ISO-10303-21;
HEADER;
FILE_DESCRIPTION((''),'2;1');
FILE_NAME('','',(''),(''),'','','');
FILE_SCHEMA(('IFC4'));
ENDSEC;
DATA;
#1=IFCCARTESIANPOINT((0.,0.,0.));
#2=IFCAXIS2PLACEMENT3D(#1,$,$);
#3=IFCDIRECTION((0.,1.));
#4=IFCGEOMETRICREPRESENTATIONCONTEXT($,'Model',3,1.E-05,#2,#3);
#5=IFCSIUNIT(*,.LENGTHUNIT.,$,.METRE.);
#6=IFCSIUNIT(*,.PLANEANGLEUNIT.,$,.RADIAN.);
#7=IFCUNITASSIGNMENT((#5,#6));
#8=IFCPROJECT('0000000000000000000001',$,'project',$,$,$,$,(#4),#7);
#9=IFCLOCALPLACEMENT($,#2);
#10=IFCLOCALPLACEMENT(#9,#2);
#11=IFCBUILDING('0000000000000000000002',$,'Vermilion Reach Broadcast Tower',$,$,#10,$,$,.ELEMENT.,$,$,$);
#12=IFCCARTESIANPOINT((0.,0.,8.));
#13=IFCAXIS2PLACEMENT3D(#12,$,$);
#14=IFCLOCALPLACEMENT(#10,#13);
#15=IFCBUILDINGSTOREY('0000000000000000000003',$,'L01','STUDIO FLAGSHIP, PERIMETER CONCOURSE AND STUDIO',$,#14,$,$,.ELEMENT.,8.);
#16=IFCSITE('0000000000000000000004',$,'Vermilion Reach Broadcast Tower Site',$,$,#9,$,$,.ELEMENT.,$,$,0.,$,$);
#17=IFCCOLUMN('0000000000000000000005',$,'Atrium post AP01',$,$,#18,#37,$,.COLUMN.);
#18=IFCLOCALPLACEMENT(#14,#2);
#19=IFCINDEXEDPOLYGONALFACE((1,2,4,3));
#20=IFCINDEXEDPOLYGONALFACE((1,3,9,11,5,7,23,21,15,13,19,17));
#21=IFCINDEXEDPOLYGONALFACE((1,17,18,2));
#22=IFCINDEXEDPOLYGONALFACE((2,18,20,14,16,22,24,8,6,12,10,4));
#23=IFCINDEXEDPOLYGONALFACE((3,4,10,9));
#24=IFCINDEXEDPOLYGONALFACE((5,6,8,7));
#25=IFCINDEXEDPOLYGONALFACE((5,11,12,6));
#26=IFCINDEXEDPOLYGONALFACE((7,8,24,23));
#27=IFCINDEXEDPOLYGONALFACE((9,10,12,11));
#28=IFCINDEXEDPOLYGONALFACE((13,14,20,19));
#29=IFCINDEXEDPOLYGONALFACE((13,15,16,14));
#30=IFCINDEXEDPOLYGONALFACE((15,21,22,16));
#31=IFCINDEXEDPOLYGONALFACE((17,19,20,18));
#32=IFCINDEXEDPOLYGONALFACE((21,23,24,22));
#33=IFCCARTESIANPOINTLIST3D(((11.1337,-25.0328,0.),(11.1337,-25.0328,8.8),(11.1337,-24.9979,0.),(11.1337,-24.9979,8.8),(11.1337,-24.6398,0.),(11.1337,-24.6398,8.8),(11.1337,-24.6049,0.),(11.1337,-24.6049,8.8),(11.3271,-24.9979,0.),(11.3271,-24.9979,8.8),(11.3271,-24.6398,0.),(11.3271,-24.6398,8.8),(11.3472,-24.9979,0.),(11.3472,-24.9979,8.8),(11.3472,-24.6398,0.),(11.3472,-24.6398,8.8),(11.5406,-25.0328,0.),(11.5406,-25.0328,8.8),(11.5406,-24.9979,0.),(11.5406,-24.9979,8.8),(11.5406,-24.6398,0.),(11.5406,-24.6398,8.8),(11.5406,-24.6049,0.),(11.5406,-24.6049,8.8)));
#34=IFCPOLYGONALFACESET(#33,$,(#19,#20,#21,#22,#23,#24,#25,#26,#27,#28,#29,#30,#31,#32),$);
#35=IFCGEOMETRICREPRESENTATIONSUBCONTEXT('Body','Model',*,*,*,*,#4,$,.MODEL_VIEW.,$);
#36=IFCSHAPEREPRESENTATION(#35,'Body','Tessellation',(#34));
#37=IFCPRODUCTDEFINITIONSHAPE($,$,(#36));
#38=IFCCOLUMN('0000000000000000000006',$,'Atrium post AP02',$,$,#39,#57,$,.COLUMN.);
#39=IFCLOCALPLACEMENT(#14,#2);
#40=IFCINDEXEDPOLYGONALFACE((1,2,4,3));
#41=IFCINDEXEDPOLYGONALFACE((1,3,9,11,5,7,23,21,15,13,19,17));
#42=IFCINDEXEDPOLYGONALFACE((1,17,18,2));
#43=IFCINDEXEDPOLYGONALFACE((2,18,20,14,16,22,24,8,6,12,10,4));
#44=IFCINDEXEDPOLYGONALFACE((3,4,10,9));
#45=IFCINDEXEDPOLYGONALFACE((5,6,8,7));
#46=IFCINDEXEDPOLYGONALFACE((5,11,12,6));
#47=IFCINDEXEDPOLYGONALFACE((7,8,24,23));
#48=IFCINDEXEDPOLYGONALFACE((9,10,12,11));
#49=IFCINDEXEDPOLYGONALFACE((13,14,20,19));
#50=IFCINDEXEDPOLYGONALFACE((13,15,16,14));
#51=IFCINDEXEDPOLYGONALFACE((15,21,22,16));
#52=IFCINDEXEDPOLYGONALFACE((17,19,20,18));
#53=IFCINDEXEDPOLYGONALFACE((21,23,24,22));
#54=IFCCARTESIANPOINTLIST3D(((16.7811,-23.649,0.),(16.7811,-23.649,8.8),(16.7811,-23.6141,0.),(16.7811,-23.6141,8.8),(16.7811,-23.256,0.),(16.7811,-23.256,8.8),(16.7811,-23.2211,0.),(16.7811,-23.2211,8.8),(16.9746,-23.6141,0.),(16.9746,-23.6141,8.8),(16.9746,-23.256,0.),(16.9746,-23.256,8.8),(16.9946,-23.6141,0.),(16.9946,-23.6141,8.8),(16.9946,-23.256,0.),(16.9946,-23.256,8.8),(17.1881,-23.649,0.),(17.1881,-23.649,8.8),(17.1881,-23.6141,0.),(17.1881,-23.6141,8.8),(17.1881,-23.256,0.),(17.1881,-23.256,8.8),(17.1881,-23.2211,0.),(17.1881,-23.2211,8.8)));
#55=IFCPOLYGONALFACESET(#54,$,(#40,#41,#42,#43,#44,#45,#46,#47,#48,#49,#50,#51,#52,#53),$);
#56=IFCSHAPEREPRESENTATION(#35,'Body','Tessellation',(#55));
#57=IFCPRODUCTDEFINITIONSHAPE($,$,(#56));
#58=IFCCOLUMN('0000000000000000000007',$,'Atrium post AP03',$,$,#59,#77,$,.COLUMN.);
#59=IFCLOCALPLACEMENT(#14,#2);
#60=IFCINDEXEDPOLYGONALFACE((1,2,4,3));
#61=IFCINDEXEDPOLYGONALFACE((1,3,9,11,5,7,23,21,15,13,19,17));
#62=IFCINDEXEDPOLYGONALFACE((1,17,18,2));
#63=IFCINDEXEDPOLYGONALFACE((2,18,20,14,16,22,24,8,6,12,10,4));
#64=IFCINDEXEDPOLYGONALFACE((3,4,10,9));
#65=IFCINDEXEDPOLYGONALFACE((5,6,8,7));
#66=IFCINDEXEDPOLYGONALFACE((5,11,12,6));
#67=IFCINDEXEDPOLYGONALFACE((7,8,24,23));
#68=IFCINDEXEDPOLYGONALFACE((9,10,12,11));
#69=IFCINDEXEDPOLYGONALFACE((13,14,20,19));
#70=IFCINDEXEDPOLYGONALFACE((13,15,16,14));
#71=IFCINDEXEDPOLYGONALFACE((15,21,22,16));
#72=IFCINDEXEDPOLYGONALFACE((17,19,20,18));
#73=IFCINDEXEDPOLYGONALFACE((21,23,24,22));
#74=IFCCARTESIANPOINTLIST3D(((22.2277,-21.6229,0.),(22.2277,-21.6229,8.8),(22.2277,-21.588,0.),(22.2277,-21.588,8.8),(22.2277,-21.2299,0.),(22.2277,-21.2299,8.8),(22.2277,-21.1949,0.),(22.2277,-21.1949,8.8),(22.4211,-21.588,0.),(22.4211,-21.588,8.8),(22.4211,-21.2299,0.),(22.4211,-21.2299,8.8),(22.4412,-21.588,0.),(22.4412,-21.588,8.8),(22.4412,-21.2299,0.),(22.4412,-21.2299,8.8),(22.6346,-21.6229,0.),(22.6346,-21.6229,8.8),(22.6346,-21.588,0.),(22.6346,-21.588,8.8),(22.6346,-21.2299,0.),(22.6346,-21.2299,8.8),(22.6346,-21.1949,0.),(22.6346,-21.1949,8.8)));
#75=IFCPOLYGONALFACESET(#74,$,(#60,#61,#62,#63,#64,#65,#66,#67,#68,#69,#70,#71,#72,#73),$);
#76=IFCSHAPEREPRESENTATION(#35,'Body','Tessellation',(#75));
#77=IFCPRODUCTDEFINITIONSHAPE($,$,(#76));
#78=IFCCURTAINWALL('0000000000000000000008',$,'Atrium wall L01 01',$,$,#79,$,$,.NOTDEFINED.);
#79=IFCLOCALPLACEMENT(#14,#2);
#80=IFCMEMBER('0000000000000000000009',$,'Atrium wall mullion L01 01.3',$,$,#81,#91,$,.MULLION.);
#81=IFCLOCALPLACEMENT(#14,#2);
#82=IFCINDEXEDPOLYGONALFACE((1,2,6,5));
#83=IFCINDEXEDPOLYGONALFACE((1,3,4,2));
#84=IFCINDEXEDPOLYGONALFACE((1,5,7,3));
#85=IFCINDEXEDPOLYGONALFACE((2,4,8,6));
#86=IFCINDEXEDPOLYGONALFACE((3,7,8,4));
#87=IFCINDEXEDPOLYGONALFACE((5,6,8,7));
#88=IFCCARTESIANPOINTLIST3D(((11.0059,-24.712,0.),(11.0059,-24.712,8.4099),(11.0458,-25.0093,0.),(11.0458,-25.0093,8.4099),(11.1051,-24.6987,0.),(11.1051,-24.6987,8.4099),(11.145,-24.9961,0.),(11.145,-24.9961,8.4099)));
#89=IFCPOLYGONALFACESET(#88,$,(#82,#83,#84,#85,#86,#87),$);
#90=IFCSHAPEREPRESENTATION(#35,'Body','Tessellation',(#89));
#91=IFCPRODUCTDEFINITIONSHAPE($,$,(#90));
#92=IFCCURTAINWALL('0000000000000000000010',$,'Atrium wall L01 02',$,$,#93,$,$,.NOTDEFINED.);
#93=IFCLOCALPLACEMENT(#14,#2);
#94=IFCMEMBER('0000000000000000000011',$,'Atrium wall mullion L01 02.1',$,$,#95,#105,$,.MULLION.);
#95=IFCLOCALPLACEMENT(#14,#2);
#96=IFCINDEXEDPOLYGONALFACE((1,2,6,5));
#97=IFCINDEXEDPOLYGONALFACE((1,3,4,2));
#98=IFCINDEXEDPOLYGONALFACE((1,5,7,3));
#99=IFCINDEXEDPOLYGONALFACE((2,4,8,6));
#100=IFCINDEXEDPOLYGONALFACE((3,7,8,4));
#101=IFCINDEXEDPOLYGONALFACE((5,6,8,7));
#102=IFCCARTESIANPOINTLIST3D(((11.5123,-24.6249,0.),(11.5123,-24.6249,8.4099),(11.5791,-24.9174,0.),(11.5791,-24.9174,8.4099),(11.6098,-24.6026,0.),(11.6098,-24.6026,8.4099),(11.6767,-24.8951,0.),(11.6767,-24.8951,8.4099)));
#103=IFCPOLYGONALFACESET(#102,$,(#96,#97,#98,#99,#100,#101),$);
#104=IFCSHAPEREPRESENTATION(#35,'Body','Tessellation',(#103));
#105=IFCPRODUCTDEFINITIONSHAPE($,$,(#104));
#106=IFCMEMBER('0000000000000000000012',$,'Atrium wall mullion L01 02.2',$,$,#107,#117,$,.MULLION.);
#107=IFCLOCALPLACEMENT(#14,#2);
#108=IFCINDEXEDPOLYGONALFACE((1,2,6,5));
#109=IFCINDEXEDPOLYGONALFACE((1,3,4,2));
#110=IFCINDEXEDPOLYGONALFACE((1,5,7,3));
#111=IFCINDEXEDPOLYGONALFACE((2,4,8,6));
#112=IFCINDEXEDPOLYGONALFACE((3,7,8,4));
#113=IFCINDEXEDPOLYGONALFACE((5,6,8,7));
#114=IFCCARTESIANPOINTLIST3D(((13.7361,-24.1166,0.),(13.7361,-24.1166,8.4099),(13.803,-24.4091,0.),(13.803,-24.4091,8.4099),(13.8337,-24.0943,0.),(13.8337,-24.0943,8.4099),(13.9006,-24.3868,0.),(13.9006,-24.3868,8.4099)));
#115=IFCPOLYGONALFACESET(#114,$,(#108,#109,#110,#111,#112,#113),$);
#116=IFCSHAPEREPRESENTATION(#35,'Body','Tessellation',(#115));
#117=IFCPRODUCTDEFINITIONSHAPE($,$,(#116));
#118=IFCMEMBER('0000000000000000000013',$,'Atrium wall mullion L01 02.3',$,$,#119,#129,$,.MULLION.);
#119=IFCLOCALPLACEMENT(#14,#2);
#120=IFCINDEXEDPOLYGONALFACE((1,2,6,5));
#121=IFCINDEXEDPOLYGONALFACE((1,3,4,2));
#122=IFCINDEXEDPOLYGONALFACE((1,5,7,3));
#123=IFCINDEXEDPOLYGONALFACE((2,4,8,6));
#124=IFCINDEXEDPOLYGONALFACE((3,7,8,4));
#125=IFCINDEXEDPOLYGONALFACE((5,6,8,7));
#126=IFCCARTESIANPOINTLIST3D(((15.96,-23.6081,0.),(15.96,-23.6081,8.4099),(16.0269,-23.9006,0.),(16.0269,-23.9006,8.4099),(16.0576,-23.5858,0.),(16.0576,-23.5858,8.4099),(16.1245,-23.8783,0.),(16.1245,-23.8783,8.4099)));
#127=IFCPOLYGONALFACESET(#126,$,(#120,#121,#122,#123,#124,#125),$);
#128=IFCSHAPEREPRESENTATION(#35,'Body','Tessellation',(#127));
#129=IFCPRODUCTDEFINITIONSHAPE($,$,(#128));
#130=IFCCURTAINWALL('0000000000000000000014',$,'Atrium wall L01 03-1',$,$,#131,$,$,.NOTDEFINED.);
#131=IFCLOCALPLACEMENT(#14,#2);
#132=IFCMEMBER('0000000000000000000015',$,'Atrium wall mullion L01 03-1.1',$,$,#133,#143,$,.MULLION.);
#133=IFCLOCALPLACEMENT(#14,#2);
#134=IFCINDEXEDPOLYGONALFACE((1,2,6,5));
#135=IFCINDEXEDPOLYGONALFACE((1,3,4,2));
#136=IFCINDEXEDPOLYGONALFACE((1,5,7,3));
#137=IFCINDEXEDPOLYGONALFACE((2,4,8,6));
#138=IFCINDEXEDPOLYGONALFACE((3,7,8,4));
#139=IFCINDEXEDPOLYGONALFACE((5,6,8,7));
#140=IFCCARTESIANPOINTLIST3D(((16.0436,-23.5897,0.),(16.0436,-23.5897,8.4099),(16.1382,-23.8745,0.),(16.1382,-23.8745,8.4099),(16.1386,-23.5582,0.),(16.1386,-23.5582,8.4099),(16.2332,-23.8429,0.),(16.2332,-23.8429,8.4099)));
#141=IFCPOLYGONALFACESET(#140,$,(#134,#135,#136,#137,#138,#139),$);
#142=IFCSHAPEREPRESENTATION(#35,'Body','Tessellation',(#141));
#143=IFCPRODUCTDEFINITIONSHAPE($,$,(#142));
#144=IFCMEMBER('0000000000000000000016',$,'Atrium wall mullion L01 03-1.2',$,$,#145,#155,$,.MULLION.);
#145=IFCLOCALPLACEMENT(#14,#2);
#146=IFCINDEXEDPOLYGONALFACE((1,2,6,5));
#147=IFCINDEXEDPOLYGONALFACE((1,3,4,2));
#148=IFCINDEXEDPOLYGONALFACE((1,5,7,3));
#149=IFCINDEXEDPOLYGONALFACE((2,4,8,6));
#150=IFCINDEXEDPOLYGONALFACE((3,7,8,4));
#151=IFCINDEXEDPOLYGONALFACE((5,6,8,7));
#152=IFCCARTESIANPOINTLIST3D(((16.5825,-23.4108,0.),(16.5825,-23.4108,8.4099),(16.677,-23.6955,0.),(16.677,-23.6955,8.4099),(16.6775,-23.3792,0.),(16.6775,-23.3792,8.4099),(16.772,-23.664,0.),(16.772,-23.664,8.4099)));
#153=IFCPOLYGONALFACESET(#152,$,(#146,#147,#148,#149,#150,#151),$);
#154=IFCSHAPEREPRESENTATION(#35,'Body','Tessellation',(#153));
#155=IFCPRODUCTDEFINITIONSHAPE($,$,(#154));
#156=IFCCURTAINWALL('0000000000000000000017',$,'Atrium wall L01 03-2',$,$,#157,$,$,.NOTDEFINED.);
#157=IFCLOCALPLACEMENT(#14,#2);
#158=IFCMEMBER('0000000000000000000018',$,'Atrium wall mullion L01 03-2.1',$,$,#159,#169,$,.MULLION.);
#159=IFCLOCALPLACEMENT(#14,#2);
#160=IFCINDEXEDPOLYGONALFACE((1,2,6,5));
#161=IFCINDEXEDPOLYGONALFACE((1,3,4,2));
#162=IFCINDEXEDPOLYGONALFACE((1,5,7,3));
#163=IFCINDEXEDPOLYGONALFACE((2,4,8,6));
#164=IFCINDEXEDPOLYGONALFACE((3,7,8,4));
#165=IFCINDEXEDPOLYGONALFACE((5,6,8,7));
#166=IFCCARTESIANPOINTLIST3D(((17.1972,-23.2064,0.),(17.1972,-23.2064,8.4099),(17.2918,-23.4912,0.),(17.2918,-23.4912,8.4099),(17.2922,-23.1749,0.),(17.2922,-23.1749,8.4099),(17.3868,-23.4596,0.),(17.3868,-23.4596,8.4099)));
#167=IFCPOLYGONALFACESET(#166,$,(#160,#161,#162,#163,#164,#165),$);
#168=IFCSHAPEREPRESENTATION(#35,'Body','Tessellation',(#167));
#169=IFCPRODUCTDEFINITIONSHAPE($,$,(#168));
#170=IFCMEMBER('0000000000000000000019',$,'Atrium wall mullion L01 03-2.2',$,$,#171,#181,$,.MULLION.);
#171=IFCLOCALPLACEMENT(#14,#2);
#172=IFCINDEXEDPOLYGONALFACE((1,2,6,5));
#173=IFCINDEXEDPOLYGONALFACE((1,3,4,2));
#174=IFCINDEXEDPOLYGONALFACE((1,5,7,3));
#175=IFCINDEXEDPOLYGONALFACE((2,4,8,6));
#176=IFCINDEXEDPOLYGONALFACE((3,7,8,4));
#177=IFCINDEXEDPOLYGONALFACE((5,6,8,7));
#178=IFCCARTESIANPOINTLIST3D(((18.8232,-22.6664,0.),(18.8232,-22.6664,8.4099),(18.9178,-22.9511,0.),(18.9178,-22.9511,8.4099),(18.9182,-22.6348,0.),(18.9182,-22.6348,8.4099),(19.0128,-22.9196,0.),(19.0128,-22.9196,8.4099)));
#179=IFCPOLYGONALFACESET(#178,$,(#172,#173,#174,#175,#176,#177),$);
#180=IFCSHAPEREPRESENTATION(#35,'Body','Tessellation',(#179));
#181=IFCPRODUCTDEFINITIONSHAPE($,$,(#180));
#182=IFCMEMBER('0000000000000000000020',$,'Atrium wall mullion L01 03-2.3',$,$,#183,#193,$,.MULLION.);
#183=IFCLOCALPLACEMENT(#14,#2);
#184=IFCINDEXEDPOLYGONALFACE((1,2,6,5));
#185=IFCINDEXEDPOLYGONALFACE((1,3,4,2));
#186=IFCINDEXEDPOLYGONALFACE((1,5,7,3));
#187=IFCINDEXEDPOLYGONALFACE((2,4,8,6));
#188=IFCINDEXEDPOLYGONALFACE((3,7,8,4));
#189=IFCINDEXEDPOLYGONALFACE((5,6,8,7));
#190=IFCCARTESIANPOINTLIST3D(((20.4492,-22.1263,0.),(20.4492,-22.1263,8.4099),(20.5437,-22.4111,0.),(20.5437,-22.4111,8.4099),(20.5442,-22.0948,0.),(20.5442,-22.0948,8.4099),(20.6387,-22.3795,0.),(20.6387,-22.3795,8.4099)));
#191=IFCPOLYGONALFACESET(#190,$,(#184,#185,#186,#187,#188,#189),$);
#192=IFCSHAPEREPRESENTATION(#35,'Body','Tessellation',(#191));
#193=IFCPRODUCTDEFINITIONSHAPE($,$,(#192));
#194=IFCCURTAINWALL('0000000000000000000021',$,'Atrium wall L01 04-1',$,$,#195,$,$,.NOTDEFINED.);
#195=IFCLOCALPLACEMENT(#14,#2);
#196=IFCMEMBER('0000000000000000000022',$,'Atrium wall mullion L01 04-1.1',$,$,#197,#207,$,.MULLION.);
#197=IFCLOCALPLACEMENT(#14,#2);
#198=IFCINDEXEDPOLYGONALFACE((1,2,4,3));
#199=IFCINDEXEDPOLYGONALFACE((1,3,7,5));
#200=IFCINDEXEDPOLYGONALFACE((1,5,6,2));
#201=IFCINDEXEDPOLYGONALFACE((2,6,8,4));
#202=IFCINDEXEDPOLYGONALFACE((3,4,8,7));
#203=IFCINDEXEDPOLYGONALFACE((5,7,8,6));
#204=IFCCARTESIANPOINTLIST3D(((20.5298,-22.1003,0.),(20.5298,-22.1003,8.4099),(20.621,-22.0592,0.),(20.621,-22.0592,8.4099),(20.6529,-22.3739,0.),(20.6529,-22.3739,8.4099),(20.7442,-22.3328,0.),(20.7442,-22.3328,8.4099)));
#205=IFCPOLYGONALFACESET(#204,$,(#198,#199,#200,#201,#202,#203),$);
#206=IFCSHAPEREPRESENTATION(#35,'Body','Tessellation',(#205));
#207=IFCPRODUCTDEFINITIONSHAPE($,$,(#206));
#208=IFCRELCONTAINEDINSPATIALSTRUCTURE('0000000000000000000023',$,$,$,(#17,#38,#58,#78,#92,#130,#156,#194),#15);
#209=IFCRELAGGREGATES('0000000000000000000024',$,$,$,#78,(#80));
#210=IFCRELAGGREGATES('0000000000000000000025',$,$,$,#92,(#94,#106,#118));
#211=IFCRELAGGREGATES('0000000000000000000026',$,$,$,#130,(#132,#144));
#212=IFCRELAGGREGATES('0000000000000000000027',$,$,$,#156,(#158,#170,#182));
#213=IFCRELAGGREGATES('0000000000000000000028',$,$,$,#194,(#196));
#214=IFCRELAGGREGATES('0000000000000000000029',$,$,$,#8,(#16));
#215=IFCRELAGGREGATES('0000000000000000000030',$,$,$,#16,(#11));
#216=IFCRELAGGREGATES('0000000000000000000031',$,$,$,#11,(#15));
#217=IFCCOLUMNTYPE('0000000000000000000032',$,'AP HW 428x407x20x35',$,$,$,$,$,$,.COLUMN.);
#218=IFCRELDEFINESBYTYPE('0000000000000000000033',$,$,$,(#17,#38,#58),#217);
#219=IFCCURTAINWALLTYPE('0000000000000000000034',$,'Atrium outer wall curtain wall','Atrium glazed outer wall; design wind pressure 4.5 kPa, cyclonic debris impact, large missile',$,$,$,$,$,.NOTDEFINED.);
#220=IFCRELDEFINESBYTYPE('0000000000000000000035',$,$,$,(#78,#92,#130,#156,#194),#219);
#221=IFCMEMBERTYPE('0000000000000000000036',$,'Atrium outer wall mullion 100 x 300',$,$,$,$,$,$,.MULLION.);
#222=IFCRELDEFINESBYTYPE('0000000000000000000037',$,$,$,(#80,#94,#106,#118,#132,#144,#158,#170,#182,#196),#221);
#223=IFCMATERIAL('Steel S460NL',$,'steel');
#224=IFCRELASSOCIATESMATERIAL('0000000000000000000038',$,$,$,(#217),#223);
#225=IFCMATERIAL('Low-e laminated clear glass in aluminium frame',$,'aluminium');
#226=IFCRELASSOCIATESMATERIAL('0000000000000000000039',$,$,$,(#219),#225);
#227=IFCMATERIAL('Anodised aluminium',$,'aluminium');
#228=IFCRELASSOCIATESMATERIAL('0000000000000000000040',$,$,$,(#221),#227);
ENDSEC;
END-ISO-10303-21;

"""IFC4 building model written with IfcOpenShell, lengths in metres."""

from ifc_helpers import new_model, si_unit, direction, frame, origin, origin_2d, place, context, subcontext, project, spatial, rectangle, i_section, extrude, material, material_profile, profile_set, type_object, element, aggregate, save


model = new_model("IFC4")

# Units and contexts
model_context = context("Model", 3, precision=1e-05, world=origin(), true_north=direction((0.0, 1.0)))
body_context = subcontext(model_context, "Body", "Model", "MODEL_VIEW")
ifc_project = project(units=[si_unit("LENGTHUNIT", "METRE"), si_unit("PLANEANGLEUNIT", "RADIAN")], contexts=[model_context])

# Site, building, storey
site_placement = place(None, origin())
site = spatial("IfcSite", under=ifc_project, at=site_placement, Name="Vermilion Reach Broadcast Tower Site", CompositionType="ELEMENT", RefElevation=0.0)
building_placement = place(site_placement, origin())
building = spatial("IfcBuilding", under=site, at=building_placement, Name="Vermilion Reach Broadcast Tower", CompositionType="ELEMENT")
storey_placement = place(building_placement, frame((0.0, 0.0, 8.0)))
storey = spatial("IfcBuildingStorey", under=building, at=storey_placement, Name="L01", Description="STUDIO FLAGSHIP, PERIMETER CONCOURSE AND STUDIO", CompositionType="ELEMENT", Elevation=8.0)

# Columns
ifc_material_1 = material(Name="Steel S460NL", Category="steel")
ifc_material_profile_1 = material_profile(ifc_material_1, i_section(OverallWidth=0.407, OverallDepth=0.428, WebThickness=0.02, FlangeThickness=0.0349, at=origin_2d()), Name="S460NL HW 428x407x20x35")
ifc_profile_set_1 = profile_set([ifc_material_profile_1], Name="Steel S460NL")
column_type = type_object("IfcColumnType", Name="AP HW 428x407x20x35", PredefinedType="COLUMN", material=ifc_profile_set_1)
for number, where, z_axis, x_axis, name in (
    (1, (11.3372, -24.8188, 0.0), (0.0, 0.0, 1.0), (1.0, 0.0, 0.0), "Atrium post AP01"),
    (2, (16.9846, -23.4351, 0.0), (0.0, 0.0, 1.0), (1.0, 0.0, 0.0), "Atrium post AP02"),
    (3, (22.4312, -21.4089, 0.0), (0.0, 0.0, 1.0), (1.0, 0.0, 0.0), "Atrium post AP03"),
):
    element("IfcColumn", number, at=place(storey_placement, frame(where, z_axis=z_axis, x_axis=x_axis)), inside=storey, type_object=column_type, Name=name, PredefinedType="COLUMN", context=body_context, shape_type="SweptSolid", body=[
        extrude(i_section(OverallWidth=0.407, OverallDepth=0.428, WebThickness=0.02, FlangeThickness=0.0349, at=origin_2d()), origin(), (0.0, 0.0, 1.0), 8.8),
    ])

# Curtain wall, member
ifc_material_2 = material(Name="Low-e laminated clear glass in aluminium frame", Category="aluminium")
curtain_wall_type = type_object("IfcCurtainWallType", Name="Atrium outer wall curtain wall", Description="Atrium glazed outer wall; design wind pressure 4.5 kPa, cyclonic debris impact, large missile", PredefinedType="NOTDEFINED", material=ifc_material_2)
placement = place(storey_placement, origin())
curtain_wall_1 = element("IfcCurtainWall", 4, at=placement, inside=storey, type_object=curtain_wall_type, Name="Atrium wall L01 01", PredefinedType="NOTDEFINED")
ifc_material_3 = material(Name="Anodised aluminium", Category="aluminium")
ifc_material_profile_2 = material_profile(ifc_material_3, rectangle(XDim=0.3, YDim=0.1001, at=origin_2d()), Name="Atrium outer wall mullion 100 x 300")
ifc_profile_set_2 = profile_set([ifc_material_profile_2], Name="Anodised aluminium")
member_type_1 = type_object("IfcMemberType", Name="Atrium outer wall mullion 100 x 300", PredefinedType="MULLION", material=ifc_profile_set_2)
member_1_placement = place(storey_placement, frame((11.0754, -24.854, 0.0), z_axis=(0.0, 0.0, 1.0), x_axis=(-0.132794, 0.991144, 0.0)))
member_1 = element("IfcMember", 5, at=member_1_placement, type_object=member_type_1, Name="Atrium wall mullion L01 01.3", PredefinedType="MULLION", context=body_context, shape_type="SweptSolid", body=[
    extrude(rectangle(XDim=0.3, YDim=0.1001, at=origin_2d()), origin(), (0.0, 0.0, 1.0), 8.4099),
])
aggregate(curtain_wall_1, [member_1])

# Curtain walls, members
curtain_wall_2 = element("IfcCurtainWall", 6, at=placement, inside=storey, type_object=curtain_wall_type, Name="Atrium wall L01 02", PredefinedType="NOTDEFINED")
member_2_placement = place(storey_placement, frame((11.5945, -24.76, 0.0), z_axis=(0.0, 0.0, 1.0), x_axis=(-0.222892, 0.974843, 0.0)))
member_2 = element("IfcMember", 7, at=member_2_placement, type_object=member_type_1, Name="Atrium wall mullion L01 02.1", PredefinedType="MULLION", context=body_context, shape_type="SweptSolid", body=[
    extrude(rectangle(XDim=0.3, YDim=0.1001, at=origin_2d()), origin(), (0.0, 0.0, 1.0), 8.4099),
])
member_3_placement = place(storey_placement, frame((13.8184, -24.2517, 0.0), z_axis=(0.0, 0.0, 1.0), x_axis=(-0.222892, 0.974843, 0.0)))
member_3 = element("IfcMember", 8, at=member_3_placement, type_object=member_type_1, Name="Atrium wall mullion L01 02.2", PredefinedType="MULLION", context=body_context, shape_type="SweptSolid", body=[
    extrude(rectangle(XDim=0.3, YDim=0.1001, at=origin_2d()), origin(), (0.0, 0.0, 1.0), 8.4099),
])
member_4_placement = place(storey_placement, frame((16.0422, -23.7432, 0.0), z_axis=(0.0, 0.0, 1.0), x_axis=(-0.222892, 0.974843, 0.0)))
member_4 = element("IfcMember", 9, at=member_4_placement, type_object=member_type_1, Name="Atrium wall mullion L01 02.3", PredefinedType="MULLION", context=body_context, shape_type="SweptSolid", body=[
    extrude(rectangle(XDim=0.3, YDim=0.1001, at=origin_2d()), origin(), (0.0, 0.0, 1.0), 8.4099),
])
curtain_wall_3 = element("IfcCurtainWall", 10, at=placement, inside=storey, type_object=curtain_wall_type, Name="Atrium wall L01 03-1", PredefinedType="NOTDEFINED")
member_5_placement = place(storey_placement, frame((16.1384, -23.7163, 0.0), z_axis=(0.0, 0.0, 1.0), x_axis=(-0.315228, 0.949016, 0.0)))
member_5 = element("IfcMember", 11, at=member_5_placement, type_object=member_type_1, Name="Atrium wall mullion L01 03-1.1", PredefinedType="MULLION", context=body_context, shape_type="SweptSolid", body=[
    extrude(rectangle(XDim=0.3, YDim=0.1001, at=origin_2d()), origin(), (0.0, 0.0, 1.0), 8.4099),
])
member_6_placement = place(storey_placement, frame((16.6772, -23.5374, 0.0), z_axis=(0.0, 0.0, 1.0), x_axis=(-0.315228, 0.949016, 0.0)))
member_6 = element("IfcMember", 12, at=member_6_placement, type_object=member_type_1, Name="Atrium wall mullion L01 03-1.2", PredefinedType="MULLION", context=body_context, shape_type="SweptSolid", body=[
    extrude(rectangle(XDim=0.3, YDim=0.1001, at=origin_2d()), origin(), (0.0, 0.0, 1.0), 8.4099),
])
curtain_wall_4 = element("IfcCurtainWall", 13, at=placement, inside=storey, type_object=curtain_wall_type, Name="Atrium wall L01 03-2", PredefinedType="NOTDEFINED")
member_7_placement = place(storey_placement, frame((17.292, -23.333, 0.0), z_axis=(0.0, 0.0, 1.0), x_axis=(-0.315228, 0.949016, 0.0)))
member_7 = element("IfcMember", 14, at=member_7_placement, type_object=member_type_1, Name="Atrium wall mullion L01 03-2.1", PredefinedType="MULLION", context=body_context, shape_type="SweptSolid", body=[
    extrude(rectangle(XDim=0.3, YDim=0.1001, at=origin_2d()), origin(), (0.0, 0.0, 1.0), 8.4099),
])
member_8_placement = place(storey_placement, frame((18.918, -22.793, 0.0), z_axis=(0.0, 0.0, 1.0), x_axis=(-0.315228, 0.949016, 0.0)))
member_8 = element("IfcMember", 15, at=member_8_placement, type_object=member_type_1, Name="Atrium wall mullion L01 03-2.2", PredefinedType="MULLION", context=body_context, shape_type="SweptSolid", body=[
    extrude(rectangle(XDim=0.3, YDim=0.1001, at=origin_2d()), origin(), (0.0, 0.0, 1.0), 8.4099),
])
member_9_placement = place(storey_placement, frame((20.5439, -22.2529, 0.0), z_axis=(0.0, 0.0, 1.0), x_axis=(-0.315228, 0.949016, 0.0)))
member_9 = element("IfcMember", 16, at=member_9_placement, type_object=member_type_1, Name="Atrium wall mullion L01 03-2.3", PredefinedType="MULLION", context=body_context, shape_type="SweptSolid", body=[
    extrude(rectangle(XDim=0.3, YDim=0.1001, at=origin_2d()), origin(), (0.0, 0.0, 1.0), 8.4099),
])
curtain_wall_5 = element("IfcCurtainWall", 17, at=placement, inside=storey, type_object=curtain_wall_type, Name="Atrium wall L01 04-1", PredefinedType="NOTDEFINED")
member_10_placement = place(storey_placement, frame((20.637, -22.2166, 0.0), z_axis=(0.0, 0.0, 1.0), x_axis=(-0.410408, 0.911902, 0.0)))
member_10 = element("IfcMember", 18, at=member_10_placement, type_object=member_type_1, Name="Atrium wall mullion L01 04-1.1", PredefinedType="MULLION", context=body_context, shape_type="SweptSolid", body=[
    extrude(rectangle(XDim=0.3, YDim=0.1001, at=origin_2d()), origin(), (0.0, 0.0, 1.0), 8.4099),
])

aggregate(curtain_wall_2, [member_2, member_3, member_4])
aggregate(curtain_wall_3, [member_5, member_6])
aggregate(curtain_wall_4, [member_7, member_8, member_9])
aggregate(curtain_wall_5, [member_10])

save(model, "model.ifc")
